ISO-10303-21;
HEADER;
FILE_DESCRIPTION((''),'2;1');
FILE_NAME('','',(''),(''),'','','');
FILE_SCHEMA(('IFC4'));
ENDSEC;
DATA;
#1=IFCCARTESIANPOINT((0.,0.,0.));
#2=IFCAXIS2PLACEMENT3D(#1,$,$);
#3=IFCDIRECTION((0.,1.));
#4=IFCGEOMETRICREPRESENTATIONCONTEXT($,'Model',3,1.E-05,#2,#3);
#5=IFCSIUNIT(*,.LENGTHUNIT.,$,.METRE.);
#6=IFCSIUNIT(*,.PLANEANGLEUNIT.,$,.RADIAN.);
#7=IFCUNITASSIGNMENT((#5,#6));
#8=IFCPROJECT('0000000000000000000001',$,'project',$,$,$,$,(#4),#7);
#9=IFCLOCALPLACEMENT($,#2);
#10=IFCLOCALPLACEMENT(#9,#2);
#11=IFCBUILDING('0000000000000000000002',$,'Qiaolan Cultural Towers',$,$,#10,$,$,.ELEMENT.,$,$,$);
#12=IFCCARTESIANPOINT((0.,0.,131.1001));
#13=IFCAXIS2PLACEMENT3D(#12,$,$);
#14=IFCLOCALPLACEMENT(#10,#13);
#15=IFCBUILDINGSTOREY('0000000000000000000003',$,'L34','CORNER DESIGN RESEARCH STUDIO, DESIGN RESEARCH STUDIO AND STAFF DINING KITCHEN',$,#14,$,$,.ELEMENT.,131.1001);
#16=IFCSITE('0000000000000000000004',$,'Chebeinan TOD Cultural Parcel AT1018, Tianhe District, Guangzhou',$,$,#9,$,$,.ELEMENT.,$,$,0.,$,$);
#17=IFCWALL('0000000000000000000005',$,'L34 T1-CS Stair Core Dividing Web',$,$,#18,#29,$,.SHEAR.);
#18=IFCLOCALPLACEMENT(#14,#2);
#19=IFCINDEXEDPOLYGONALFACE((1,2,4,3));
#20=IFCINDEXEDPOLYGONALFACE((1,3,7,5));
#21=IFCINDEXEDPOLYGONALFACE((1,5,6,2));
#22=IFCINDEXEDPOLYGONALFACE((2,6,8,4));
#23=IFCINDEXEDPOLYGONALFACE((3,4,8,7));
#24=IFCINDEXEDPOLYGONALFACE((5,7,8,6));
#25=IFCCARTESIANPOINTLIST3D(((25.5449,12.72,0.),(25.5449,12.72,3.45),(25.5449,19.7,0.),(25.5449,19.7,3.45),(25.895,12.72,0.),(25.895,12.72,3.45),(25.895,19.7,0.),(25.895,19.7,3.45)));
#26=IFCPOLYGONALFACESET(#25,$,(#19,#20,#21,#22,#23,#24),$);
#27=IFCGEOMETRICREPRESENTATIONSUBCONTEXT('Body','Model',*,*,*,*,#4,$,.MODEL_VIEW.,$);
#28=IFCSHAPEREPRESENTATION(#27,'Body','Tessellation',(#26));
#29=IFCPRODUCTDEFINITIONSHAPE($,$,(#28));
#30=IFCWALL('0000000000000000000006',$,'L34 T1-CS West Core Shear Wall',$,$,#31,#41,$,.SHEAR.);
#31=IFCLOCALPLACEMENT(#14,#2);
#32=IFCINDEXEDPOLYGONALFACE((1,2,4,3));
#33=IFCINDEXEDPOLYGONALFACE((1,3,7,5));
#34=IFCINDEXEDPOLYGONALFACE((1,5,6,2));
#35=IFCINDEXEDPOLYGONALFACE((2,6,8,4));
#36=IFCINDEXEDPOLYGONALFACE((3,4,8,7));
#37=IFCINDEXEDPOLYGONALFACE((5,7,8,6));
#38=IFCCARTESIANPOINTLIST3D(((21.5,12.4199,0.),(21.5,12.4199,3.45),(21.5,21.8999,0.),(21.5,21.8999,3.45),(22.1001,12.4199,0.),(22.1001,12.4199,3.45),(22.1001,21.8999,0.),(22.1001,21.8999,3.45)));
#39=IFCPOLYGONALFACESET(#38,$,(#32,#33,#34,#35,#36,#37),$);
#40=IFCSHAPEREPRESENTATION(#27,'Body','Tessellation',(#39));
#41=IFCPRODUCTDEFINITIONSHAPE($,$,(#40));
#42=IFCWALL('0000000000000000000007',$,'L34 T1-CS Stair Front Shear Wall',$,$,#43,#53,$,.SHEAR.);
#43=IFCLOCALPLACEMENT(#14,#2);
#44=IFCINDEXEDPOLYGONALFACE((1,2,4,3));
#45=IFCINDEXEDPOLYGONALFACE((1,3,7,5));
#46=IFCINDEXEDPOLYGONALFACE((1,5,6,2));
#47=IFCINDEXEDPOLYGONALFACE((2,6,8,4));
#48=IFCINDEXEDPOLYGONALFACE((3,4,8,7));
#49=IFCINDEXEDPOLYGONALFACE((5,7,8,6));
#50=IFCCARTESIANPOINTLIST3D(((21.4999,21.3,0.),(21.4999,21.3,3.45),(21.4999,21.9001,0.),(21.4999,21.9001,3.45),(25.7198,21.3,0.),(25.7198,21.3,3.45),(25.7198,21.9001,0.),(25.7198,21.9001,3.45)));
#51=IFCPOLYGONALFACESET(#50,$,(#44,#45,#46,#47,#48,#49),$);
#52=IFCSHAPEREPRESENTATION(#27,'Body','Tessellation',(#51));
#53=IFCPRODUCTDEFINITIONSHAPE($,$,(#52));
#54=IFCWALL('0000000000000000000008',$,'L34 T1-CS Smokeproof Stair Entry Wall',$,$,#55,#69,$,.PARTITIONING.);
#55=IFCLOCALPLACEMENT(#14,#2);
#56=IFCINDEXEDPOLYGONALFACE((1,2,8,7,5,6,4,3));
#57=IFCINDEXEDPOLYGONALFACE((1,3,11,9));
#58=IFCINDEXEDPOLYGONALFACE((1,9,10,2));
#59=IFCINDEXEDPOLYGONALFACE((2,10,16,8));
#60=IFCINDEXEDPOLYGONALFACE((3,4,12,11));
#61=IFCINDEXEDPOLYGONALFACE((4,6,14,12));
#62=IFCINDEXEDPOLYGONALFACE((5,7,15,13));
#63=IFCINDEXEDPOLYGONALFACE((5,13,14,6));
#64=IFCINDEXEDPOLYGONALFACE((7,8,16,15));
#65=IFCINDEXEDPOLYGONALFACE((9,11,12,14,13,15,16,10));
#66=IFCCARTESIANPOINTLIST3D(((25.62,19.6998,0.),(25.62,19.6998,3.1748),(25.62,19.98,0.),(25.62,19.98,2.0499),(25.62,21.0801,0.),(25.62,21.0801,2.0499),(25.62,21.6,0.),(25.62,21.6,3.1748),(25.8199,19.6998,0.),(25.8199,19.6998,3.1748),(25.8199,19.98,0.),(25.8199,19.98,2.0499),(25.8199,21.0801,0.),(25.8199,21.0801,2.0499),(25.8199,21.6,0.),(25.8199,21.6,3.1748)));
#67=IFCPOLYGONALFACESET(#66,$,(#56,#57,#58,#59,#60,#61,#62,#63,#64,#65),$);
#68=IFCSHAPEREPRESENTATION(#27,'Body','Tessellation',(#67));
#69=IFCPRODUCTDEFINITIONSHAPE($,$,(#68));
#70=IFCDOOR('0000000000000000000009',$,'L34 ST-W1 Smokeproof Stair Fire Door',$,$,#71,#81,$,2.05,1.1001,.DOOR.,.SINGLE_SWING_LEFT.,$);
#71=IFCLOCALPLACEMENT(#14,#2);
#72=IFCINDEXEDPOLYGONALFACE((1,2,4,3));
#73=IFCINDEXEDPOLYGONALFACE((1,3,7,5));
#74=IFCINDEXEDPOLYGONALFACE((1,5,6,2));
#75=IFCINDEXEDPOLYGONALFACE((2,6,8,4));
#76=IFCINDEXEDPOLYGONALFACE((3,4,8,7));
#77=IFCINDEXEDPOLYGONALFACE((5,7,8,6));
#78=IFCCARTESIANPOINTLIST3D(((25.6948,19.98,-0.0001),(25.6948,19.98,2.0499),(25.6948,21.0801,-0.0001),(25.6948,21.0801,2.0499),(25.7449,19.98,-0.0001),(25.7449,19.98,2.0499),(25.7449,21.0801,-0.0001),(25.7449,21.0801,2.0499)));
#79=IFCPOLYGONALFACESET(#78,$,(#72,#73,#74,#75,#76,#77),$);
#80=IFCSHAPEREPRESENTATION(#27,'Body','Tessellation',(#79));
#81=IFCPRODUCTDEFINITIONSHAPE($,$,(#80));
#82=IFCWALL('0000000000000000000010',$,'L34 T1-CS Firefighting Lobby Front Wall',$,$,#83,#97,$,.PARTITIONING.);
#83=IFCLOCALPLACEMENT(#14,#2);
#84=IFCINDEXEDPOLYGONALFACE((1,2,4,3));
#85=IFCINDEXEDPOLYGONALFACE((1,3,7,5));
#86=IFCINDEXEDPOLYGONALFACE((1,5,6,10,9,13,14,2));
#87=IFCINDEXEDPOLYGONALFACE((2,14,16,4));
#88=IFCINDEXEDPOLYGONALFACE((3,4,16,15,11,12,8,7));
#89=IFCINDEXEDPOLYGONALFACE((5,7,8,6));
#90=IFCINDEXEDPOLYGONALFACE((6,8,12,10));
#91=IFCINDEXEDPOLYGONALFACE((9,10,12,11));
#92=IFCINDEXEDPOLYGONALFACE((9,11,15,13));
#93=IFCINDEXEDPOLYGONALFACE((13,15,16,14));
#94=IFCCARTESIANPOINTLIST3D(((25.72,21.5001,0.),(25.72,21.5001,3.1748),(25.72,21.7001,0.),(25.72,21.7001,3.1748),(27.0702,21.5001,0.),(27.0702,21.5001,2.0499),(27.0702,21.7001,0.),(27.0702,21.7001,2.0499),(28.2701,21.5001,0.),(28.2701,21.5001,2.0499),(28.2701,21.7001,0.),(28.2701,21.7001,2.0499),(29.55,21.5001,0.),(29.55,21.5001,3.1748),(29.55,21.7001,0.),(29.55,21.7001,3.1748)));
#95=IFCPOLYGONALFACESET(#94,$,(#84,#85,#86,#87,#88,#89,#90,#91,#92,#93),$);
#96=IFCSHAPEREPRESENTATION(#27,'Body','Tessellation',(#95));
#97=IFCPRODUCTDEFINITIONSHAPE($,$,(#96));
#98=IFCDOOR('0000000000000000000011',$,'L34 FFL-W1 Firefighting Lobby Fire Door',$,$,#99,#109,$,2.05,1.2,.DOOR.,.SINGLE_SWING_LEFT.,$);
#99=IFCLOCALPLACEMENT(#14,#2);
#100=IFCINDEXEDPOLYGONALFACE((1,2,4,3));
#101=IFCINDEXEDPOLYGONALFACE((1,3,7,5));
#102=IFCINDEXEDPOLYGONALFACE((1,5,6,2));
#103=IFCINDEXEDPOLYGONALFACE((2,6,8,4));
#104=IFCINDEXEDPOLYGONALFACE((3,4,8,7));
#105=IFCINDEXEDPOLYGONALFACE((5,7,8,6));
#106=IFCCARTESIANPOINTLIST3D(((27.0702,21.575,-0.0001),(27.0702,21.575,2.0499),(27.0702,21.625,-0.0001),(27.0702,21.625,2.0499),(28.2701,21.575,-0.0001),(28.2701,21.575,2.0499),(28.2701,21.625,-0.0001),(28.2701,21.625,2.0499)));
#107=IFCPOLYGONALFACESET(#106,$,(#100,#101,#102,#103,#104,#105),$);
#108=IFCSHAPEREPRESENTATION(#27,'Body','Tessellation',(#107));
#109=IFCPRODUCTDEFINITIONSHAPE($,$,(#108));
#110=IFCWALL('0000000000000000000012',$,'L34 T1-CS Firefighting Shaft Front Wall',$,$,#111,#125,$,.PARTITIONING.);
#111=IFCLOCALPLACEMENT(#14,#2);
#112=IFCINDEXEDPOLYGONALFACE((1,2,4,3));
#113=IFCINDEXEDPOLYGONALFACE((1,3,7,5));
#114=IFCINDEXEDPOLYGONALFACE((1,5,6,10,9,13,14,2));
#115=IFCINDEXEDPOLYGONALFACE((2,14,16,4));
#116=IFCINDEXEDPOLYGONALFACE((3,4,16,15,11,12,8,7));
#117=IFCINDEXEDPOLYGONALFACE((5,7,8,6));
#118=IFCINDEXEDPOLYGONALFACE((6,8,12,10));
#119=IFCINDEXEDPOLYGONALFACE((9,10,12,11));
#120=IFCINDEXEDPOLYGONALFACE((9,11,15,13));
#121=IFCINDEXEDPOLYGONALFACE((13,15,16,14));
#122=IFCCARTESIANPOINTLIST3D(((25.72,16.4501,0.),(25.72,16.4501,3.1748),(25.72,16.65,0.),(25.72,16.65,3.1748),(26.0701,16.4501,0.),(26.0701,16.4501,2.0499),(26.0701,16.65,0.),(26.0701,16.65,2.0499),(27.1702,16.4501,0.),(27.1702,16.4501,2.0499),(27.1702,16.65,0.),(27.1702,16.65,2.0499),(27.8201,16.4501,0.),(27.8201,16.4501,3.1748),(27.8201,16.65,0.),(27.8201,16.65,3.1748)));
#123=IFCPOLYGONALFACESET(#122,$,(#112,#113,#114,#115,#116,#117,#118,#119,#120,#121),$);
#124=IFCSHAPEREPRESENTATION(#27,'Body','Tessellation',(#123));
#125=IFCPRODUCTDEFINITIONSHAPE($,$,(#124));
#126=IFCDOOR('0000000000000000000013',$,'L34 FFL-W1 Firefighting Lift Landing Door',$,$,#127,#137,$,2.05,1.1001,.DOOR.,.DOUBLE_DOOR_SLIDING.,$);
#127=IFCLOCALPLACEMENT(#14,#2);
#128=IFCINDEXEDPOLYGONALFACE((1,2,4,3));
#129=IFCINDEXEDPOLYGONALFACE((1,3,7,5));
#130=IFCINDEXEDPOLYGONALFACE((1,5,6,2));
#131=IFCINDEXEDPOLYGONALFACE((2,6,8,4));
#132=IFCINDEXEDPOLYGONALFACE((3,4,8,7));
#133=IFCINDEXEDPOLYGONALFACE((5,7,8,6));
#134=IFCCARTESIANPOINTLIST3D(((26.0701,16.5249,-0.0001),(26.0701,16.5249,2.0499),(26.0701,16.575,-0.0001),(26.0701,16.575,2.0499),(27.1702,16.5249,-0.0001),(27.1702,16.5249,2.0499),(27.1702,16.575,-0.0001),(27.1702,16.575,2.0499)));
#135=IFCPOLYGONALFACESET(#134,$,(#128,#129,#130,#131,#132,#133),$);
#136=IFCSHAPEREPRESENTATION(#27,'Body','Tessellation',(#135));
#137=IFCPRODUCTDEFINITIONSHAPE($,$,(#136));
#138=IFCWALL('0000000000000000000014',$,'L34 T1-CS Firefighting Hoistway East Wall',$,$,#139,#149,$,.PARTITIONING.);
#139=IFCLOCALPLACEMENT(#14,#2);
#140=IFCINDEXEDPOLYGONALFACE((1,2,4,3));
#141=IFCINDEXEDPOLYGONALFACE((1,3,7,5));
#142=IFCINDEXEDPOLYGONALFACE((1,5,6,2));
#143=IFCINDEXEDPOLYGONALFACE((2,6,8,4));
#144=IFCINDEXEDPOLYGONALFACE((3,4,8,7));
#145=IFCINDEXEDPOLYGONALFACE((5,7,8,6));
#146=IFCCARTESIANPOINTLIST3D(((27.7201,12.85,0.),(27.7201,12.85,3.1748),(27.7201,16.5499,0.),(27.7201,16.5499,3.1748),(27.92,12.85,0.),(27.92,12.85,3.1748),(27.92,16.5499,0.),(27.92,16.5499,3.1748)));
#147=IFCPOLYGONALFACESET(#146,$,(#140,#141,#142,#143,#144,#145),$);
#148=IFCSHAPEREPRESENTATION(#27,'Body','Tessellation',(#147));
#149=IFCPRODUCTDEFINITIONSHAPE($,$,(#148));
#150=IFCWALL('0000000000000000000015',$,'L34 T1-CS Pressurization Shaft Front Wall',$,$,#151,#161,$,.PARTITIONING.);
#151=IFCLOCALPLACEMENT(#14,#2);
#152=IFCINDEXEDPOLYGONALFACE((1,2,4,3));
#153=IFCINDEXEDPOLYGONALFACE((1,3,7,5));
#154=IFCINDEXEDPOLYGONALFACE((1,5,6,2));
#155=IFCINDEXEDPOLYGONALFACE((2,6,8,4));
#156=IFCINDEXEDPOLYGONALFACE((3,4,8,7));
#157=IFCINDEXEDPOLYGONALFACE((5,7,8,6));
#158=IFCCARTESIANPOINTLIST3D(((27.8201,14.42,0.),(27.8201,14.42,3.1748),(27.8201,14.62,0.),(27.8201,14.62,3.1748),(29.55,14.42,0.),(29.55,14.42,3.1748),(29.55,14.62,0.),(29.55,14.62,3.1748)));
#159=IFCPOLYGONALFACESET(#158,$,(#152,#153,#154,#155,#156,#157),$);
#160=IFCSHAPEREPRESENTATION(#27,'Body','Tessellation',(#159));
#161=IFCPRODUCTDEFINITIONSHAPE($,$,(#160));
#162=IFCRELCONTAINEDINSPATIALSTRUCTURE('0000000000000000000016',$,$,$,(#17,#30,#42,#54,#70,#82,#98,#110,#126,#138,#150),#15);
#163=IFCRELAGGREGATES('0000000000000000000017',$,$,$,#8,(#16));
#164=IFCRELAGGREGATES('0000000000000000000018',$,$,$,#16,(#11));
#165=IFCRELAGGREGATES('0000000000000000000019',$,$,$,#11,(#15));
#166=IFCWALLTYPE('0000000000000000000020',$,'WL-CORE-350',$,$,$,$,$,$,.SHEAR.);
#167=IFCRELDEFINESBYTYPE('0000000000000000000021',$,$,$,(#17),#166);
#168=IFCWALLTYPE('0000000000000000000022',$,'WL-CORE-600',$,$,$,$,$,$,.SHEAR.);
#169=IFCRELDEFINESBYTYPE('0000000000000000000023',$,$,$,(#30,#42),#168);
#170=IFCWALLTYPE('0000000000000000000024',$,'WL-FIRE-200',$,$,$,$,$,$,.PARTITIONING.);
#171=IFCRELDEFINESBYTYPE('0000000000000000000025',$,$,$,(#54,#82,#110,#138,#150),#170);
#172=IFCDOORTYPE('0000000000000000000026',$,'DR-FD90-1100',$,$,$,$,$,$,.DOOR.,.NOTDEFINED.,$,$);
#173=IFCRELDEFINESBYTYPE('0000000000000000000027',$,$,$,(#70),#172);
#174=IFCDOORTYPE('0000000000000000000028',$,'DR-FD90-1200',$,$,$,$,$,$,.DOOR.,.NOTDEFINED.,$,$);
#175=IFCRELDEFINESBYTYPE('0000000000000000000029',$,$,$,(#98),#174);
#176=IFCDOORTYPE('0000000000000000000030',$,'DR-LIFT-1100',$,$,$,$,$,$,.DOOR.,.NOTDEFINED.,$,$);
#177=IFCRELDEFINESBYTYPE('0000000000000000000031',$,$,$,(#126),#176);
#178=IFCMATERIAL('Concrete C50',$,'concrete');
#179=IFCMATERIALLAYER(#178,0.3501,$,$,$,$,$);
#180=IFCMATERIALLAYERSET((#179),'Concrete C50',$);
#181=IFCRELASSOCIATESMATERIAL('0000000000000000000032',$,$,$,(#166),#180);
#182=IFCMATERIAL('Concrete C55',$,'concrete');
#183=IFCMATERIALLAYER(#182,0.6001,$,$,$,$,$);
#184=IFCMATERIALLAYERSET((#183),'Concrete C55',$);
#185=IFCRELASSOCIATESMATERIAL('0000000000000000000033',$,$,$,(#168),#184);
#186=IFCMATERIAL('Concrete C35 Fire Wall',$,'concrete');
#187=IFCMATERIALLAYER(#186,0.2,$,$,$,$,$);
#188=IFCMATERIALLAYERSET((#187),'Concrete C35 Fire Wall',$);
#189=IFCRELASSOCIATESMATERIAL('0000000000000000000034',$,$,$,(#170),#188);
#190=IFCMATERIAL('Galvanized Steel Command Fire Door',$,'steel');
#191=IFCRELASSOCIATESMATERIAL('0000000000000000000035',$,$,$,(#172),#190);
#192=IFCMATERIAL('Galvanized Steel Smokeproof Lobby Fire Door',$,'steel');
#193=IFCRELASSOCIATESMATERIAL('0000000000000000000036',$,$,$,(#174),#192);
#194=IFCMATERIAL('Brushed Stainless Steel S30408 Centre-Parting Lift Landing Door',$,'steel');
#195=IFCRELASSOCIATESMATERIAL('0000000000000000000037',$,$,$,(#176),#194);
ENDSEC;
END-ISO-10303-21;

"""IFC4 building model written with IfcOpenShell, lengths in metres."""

from ifc_helpers import new_model, si_unit, direction, frame, frame_2d, origin, place, context, subcontext, project, spatial, rectangle, extrude, material, layer, layer_set, type_object, element, fill, save


model = new_model("IFC4")

# Units and contexts
model_context = context("Model", 3, precision=1e-05, world=origin(), true_north=direction((0.0, 1.0)))
body_context = subcontext(model_context, "Body", "Model", "MODEL_VIEW")
ifc_project = project(units=[si_unit("LENGTHUNIT", "METRE"), si_unit("PLANEANGLEUNIT", "RADIAN")], contexts=[model_context])

# Site, building, storey
site_placement = place(None, origin())
site = spatial("IfcSite", under=ifc_project, at=site_placement, Name="Chebeinan TOD Cultural Parcel AT1018, Tianhe District, Guangzhou", CompositionType="ELEMENT", RefElevation=0.0)
building_placement = place(site_placement, origin())
building = spatial("IfcBuilding", under=site, at=building_placement, Name="Qiaolan Cultural Towers", CompositionType="ELEMENT")
storey_placement = place(building_placement, frame((0.0, 0.0, 131.1001)))
storey = spatial("IfcBuildingStorey", under=building, at=storey_placement, Name="L34", Description="CORNER DESIGN RESEARCH STUDIO, DESIGN RESEARCH STUDIO AND STAFF DINING KITCHEN", CompositionType="ELEMENT", Elevation=131.1001)

# Walls
ifc_material_1 = material(Name="Concrete C50", Category="concrete")
ifc_layer_1 = layer(ifc_material_1, 0.3501)
ifc_layer_set_1 = layer_set([ifc_layer_1], Name="Concrete C50")
wall_type_1 = type_object("IfcWallType", Name="WL-CORE-350", PredefinedType="SHEAR", material=ifc_layer_set_1)
wall_1_placement = place(storey_placement, frame((25.72, 19.7, 0.0), z_axis=(0.0, 0.0, 1.0), x_axis=(0.0, -1.0, 0.0)))
element("IfcWall", 1, at=wall_1_placement, inside=storey, type_object=wall_type_1, Name="L34 T1-CS Stair Core Dividing Web", PredefinedType="SHEAR", context=body_context, shape_type="SweptSolid", body=[
    extrude(rectangle(XDim=6.98, YDim=0.3501, at=frame_2d((3.49, 0.0))), origin(), (0.0, 0.0, 1.0), 3.45),
])
ifc_material_2 = material(Name="Concrete C55", Category="concrete")
ifc_layer_2 = layer(ifc_material_2, 0.6001)
ifc_layer_set_2 = layer_set([ifc_layer_2], Name="Concrete C55")
wall_type_2 = type_object("IfcWallType", Name="WL-CORE-600", PredefinedType="SHEAR", material=ifc_layer_set_2)
wall_2_placement = place(storey_placement, frame((21.8, 21.8999, 0.0), z_axis=(0.0, 0.0, 1.0), x_axis=(0.0, -1.0, 0.0)))
element("IfcWall", 2, at=wall_2_placement, inside=storey, type_object=wall_type_2, Name="L34 T1-CS West Core Shear Wall", PredefinedType="SHEAR", context=body_context, shape_type="SweptSolid", body=[
    extrude(rectangle(XDim=9.48, YDim=0.6001, at=frame_2d((4.74, 0.0))), origin(), (0.0, 0.0, 1.0), 3.45),
])
wall_3_placement = place(storey_placement, frame((21.5, 21.6001, 0.0), z_axis=(0.0, 0.0, 1.0), x_axis=(1.0, 0.0, 0.0)))
element("IfcWall", 3, at=wall_3_placement, inside=storey, type_object=wall_type_2, Name="L34 T1-CS Stair Front Shear Wall", PredefinedType="SHEAR", context=body_context, shape_type="SweptSolid", body=[
    extrude(rectangle(XDim=4.22, YDim=0.6001, at=frame_2d((2.1099, 0.0))), origin(), (0.0, 0.0, 1.0), 3.45),
])

# Walls, openings, doors
ifc_material_3 = material(Name="Concrete C35 Fire Wall", Category="concrete")
ifc_layer_3 = layer(ifc_material_3, 0.2)
ifc_layer_set_3 = layer_set([ifc_layer_3], Name="Concrete C35 Fire Wall")
wall_type_3 = type_object("IfcWallType", Name="WL-FIRE-200", PredefinedType="PARTITIONING", material=ifc_layer_set_3)
wall_4_placement = place(storey_placement, frame((25.72, 21.6001, 0.0), z_axis=(0.0, 0.0, 1.0), x_axis=(0.0, -1.0, 0.0)))
wall_4 = element("IfcWall", 4, at=wall_4_placement, inside=storey, type_object=wall_type_3, Name="L34 T1-CS Smokeproof Stair Entry Wall", PredefinedType="PARTITIONING", context=body_context, shape_type="SweptSolid", body=[
    extrude(rectangle(XDim=1.9001, YDim=0.2, at=frame_2d((0.9502, 0.0))), origin(), (0.0, 0.0, 1.0), 3.1748),
])
opening_1_placement = place(wall_4_placement, frame((0.52, 0.0, 0.0)))
opening_1 = element("IfcOpeningElement", 5, at=opening_1_placement, cuts=wall_4, PredefinedType="OPENING", context=body_context, shape_type="SweptSolid", body=[
    extrude(rectangle(XDim=1.1001, YDim=2.05, at=frame_2d((0.55, 1.0249))), frame((0.0, 0.1099, 0.0), z_axis=(0.0, -1.0, 0.0), x_axis=(1.0, 0.0, 0.0)), (0.0, 0.0, 1.0), 0.22),
])
ifc_material_4 = material(Name="Galvanized Steel Command Fire Door", Category="steel")
door_type_1 = type_object("IfcDoorType", Name="DR-FD90-1100", OperationType="NOTDEFINED", PredefinedType="DOOR", material=ifc_material_4)
door_1_placement = place(opening_1_placement, origin())
door_1 = element("IfcDoor", 6, at=door_1_placement, inside=storey, type_object=door_type_1, Name="L34 ST-W1 Smokeproof Stair Fire Door", OperationType="SINGLE_SWING_LEFT", OverallHeight=2.05, OverallWidth=1.1001, PredefinedType="DOOR", context=body_context, shape_type="SweptSolid", body=[
    extrude(rectangle(XDim=1.1001, YDim=2.05, at=frame_2d((0.55, 1.0249))), frame((0.0, 0.0249, 0.0), z_axis=(0.0, -1.0, 0.0), x_axis=(1.0, 0.0, 0.0)), (0.0, 0.0, 1.0), 0.05),
])
fill(opening_1, door_1)
wall_5_placement = place(storey_placement, frame((25.72, 21.6001, 0.0), z_axis=(0.0, 0.0, 1.0), x_axis=(1.0, 0.0, 0.0)))
wall_5 = element("IfcWall", 7, at=wall_5_placement, inside=storey, type_object=wall_type_3, Name="L34 T1-CS Firefighting Lobby Front Wall", PredefinedType="PARTITIONING", context=body_context, shape_type="SweptSolid", body=[
    extrude(rectangle(XDim=3.8301, YDim=0.2, at=frame_2d((1.915, 0.0))), origin(), (0.0, 0.0, 1.0), 3.1748),
])
opening_2_placement = place(wall_5_placement, frame((1.3501, 0.0, 0.0)))
opening_2 = element("IfcOpeningElement", 8, at=opening_2_placement, cuts=wall_5, PredefinedType="OPENING", context=body_context, shape_type="SweptSolid", body=[
    extrude(rectangle(XDim=1.2, YDim=2.05, at=frame_2d((0.6001, 1.0249))), frame((0.0, 0.1099, 0.0), z_axis=(0.0, -1.0, 0.0), x_axis=(1.0, 0.0, 0.0)), (0.0, 0.0, 1.0), 0.22),
])
ifc_material_5 = material(Name="Galvanized Steel Smokeproof Lobby Fire Door", Category="steel")
door_type_2 = type_object("IfcDoorType", Name="DR-FD90-1200", OperationType="NOTDEFINED", PredefinedType="DOOR", material=ifc_material_5)
door_2_placement = place(opening_2_placement, origin())
door_2 = element("IfcDoor", 9, at=door_2_placement, inside=storey, type_object=door_type_2, Name="L34 FFL-W1 Firefighting Lobby Fire Door", OperationType="SINGLE_SWING_LEFT", OverallHeight=2.05, OverallWidth=1.2, PredefinedType="DOOR", context=body_context, shape_type="SweptSolid", body=[
    extrude(rectangle(XDim=1.2, YDim=2.05, at=frame_2d((0.6001, 1.0249))), frame((0.0, 0.0249, 0.0), z_axis=(0.0, -1.0, 0.0), x_axis=(1.0, 0.0, 0.0)), (0.0, 0.0, 1.0), 0.05),
])
fill(opening_2, door_2)
wall_6_placement = place(storey_placement, frame((25.72, 16.55, 0.0), z_axis=(0.0, 0.0, 1.0), x_axis=(1.0, 0.0, 0.0)))
wall_6 = element("IfcWall", 10, at=wall_6_placement, inside=storey, type_object=wall_type_3, Name="L34 T1-CS Firefighting Shaft Front Wall", PredefinedType="PARTITIONING", context=body_context, shape_type="SweptSolid", body=[
    extrude(rectangle(XDim=2.1001, YDim=0.2, at=frame_2d((1.05, 0.0))), origin(), (0.0, 0.0, 1.0), 3.1748),
])
opening_3_placement = place(wall_6_placement, frame((0.3501, 0.0, 0.0)))
opening_3 = element("IfcOpeningElement", 11, at=opening_3_placement, cuts=wall_6, PredefinedType="OPENING", context=body_context, shape_type="SweptSolid", body=[
    extrude(rectangle(XDim=1.1001, YDim=2.05, at=frame_2d((0.55, 1.0249))), frame((0.0, 0.1099, 0.0), z_axis=(0.0, -1.0, 0.0), x_axis=(1.0, 0.0, 0.0)), (0.0, 0.0, 1.0), 0.22),
])
ifc_material_6 = material(Name="Brushed Stainless Steel S30408 Centre-Parting Lift Landing Door", Category="steel")
door_type_3 = type_object("IfcDoorType", Name="DR-LIFT-1100", OperationType="NOTDEFINED", PredefinedType="DOOR", material=ifc_material_6)
door_3_placement = place(opening_3_placement, origin())
door_3 = element("IfcDoor", 12, at=door_3_placement, inside=storey, type_object=door_type_3, Name="L34 FFL-W1 Firefighting Lift Landing Door", OperationType="DOUBLE_DOOR_SLIDING", OverallHeight=2.05, OverallWidth=1.1001, PredefinedType="DOOR", context=body_context, shape_type="SweptSolid", body=[
    extrude(rectangle(XDim=1.1001, YDim=2.05, at=frame_2d((0.55, 1.0249))), frame((0.0, 0.0249, 0.0), z_axis=(0.0, -1.0, 0.0), x_axis=(1.0, 0.0, 0.0)), (0.0, 0.0, 1.0), 0.05),
])
fill(opening_3, door_3)

# Walls
wall_7_placement = place(storey_placement, frame((27.8201, 16.55, 0.0), z_axis=(0.0, 0.0, 1.0), x_axis=(0.0, -1.0, 0.0)))
element("IfcWall", 13, at=wall_7_placement, inside=storey, type_object=wall_type_3, Name="L34 T1-CS Firefighting Hoistway East Wall", PredefinedType="PARTITIONING", context=body_context, shape_type="SweptSolid", body=[
    extrude(rectangle(XDim=3.7, YDim=0.2, at=frame_2d((1.8501, 0.0))), origin(), (0.0, 0.0, 1.0), 3.1748),
])
wall_8_placement = place(storey_placement, frame((27.8201, 14.52, 0.0), z_axis=(0.0, 0.0, 1.0), x_axis=(1.0, 0.0, 0.0)))
element("IfcWall", 14, at=wall_8_placement, inside=storey, type_object=wall_type_3, Name="L34 T1-CS Pressurization Shaft Front Wall", PredefinedType="PARTITIONING", context=body_context, shape_type="SweptSolid", body=[
    extrude(rectangle(XDim=1.73, YDim=0.2, at=frame_2d((0.865, 0.0))), origin(), (0.0, 0.0, 1.0), 3.1748),
])

save(model, "model.ifc")
